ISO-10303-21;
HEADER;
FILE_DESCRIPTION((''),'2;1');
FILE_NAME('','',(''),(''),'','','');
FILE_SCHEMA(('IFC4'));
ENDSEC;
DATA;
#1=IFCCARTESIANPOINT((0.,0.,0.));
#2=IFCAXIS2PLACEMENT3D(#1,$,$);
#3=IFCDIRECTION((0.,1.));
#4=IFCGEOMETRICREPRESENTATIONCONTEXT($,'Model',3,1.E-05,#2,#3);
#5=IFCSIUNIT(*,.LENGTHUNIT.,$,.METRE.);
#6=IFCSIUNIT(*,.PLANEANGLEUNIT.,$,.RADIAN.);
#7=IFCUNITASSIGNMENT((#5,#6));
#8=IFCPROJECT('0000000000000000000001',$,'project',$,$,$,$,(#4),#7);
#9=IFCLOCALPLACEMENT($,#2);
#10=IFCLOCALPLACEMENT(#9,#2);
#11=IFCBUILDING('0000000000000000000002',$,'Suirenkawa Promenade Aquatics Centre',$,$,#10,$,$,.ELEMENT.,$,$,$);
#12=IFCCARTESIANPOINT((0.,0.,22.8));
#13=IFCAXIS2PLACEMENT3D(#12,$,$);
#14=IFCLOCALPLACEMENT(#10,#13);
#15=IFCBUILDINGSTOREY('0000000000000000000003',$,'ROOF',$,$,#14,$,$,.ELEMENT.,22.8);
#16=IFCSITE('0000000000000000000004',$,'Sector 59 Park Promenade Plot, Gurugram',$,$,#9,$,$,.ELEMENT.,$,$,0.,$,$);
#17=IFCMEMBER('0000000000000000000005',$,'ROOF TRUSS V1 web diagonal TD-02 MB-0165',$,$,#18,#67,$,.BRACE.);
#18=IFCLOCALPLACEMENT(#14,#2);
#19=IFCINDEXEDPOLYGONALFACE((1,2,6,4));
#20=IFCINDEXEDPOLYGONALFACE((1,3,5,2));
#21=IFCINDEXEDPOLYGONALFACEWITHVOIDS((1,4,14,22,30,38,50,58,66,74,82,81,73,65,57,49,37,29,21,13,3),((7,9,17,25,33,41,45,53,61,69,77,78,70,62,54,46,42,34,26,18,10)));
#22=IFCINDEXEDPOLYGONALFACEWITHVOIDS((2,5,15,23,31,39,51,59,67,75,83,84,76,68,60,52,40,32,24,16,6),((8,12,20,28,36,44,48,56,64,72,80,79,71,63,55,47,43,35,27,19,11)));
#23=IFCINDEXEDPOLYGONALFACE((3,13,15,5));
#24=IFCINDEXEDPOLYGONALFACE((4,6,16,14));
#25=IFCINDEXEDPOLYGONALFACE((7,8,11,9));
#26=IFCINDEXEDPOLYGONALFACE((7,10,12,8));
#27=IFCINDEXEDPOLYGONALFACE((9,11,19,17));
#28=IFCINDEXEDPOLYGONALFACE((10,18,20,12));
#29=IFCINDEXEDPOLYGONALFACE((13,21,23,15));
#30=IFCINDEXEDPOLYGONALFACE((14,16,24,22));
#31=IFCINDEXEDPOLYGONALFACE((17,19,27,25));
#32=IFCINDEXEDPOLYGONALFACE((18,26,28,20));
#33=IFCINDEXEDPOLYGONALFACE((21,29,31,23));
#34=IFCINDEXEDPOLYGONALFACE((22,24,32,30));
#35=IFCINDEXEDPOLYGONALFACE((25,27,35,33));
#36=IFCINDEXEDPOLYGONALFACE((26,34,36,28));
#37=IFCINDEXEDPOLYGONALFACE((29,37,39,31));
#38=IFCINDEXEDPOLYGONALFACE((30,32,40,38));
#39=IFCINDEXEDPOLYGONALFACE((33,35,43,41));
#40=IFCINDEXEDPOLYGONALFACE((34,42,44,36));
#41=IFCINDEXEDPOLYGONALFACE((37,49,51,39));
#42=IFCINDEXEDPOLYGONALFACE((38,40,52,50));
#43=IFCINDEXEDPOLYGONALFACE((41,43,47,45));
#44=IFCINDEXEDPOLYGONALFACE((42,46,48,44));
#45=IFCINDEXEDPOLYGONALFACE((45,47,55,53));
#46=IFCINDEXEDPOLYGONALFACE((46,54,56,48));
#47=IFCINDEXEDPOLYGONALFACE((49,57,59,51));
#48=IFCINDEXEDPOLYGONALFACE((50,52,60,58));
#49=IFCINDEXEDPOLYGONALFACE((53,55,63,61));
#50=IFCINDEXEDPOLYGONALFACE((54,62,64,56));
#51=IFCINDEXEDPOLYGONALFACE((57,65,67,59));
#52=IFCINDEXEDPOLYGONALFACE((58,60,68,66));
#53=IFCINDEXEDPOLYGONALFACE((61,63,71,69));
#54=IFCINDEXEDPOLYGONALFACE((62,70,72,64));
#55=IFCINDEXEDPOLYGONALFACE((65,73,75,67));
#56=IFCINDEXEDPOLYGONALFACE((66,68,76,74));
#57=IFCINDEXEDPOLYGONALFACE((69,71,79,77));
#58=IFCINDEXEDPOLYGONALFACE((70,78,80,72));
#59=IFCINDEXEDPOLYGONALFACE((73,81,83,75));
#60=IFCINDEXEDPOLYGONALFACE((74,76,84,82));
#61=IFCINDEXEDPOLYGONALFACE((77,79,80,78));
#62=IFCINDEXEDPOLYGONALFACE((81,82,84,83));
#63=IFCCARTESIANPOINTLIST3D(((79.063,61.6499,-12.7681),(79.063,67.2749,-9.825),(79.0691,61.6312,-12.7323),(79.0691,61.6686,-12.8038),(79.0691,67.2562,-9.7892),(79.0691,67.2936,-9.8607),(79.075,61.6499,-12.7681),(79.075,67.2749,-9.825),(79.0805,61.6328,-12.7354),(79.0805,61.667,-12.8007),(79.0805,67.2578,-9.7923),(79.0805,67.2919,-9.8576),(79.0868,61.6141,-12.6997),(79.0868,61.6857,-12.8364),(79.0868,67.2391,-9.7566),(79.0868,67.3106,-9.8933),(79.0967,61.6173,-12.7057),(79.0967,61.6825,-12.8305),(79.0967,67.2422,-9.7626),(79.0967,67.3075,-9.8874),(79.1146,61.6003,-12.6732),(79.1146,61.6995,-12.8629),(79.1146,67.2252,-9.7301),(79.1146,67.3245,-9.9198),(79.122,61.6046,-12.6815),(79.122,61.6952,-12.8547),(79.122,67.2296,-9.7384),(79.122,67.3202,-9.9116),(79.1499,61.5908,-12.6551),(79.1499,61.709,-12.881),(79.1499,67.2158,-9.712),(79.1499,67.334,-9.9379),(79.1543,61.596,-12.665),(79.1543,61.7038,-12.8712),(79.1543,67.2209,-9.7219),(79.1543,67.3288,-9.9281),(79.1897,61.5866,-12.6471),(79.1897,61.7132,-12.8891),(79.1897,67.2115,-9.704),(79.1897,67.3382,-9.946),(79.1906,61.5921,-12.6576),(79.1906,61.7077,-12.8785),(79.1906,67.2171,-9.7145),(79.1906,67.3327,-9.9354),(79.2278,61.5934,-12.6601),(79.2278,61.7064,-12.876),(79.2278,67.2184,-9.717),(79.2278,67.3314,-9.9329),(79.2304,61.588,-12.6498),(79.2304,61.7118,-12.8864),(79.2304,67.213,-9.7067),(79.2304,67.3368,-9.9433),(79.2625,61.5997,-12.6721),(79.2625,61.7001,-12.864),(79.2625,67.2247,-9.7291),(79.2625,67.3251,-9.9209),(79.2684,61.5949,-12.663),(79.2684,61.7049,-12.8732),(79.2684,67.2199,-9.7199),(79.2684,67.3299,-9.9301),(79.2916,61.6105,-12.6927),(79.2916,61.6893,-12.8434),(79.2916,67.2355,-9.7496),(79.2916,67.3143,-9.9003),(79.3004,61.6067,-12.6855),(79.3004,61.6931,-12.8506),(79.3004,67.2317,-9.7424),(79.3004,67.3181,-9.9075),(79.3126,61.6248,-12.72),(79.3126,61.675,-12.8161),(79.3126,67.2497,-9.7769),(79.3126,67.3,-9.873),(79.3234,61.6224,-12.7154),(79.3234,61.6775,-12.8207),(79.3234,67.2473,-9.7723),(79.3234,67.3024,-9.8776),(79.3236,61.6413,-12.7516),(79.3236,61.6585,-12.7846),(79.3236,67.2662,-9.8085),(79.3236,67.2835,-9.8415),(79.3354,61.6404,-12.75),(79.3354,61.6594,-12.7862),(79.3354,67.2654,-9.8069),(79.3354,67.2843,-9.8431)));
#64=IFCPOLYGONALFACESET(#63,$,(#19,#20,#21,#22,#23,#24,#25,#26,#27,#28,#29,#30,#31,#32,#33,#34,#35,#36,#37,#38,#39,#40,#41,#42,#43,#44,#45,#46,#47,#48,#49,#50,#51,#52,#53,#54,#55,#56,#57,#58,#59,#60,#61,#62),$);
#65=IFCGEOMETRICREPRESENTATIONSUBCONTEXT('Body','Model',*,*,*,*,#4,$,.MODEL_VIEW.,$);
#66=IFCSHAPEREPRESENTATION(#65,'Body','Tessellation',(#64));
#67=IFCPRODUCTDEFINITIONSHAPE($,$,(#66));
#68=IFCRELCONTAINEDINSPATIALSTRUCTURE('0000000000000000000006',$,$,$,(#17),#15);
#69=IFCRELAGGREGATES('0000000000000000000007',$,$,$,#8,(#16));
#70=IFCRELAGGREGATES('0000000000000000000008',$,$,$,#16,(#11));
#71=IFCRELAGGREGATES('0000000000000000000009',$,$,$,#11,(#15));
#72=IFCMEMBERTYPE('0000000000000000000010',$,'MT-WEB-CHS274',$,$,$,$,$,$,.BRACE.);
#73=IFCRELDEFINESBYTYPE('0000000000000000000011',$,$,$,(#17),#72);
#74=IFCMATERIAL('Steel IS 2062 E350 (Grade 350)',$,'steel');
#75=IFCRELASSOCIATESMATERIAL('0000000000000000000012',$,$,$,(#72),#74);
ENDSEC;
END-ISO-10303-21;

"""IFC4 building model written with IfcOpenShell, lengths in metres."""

from ifc_helpers import new_model, si_unit, direction, frame, origin, origin_2d, place, context, subcontext, project, spatial, hollow_circle, extrude, material, material_profile, profile_set, type_object, element, save


model = new_model("IFC4")

# Units and contexts
model_context = context("Model", 3, precision=1e-05, world=origin(), true_north=direction((0.0, 1.0)))
body_context = subcontext(model_context, "Body", "Model", "MODEL_VIEW")
ifc_project = project(units=[si_unit("LENGTHUNIT", "METRE"), si_unit("PLANEANGLEUNIT", "RADIAN")], contexts=[model_context])

# Site, building, storey
site_placement = place(None, origin())
site = spatial("IfcSite", under=ifc_project, at=site_placement, Name="Sector 59 Park Promenade Plot, Gurugram", CompositionType="ELEMENT", RefElevation=0.0)
building_placement = place(site_placement, origin())
building = spatial("IfcBuilding", under=site, at=building_placement, Name="Suirenkawa Promenade Aquatics Centre", CompositionType="ELEMENT")
storey_placement = place(building_placement, frame((0.0, 0.0, 22.8)))
storey = spatial("IfcBuildingStorey", under=building, at=storey_placement, Name="ROOF", CompositionType="ELEMENT", Elevation=22.8)

# Shared definitions
ifc_material = material(Name="Steel IS 2062 E350 (Grade 350)", Category="steel")

# Member
ifc_material_profile_1 = material_profile(ifc_material, hollow_circle(Radius=0.137, WallThickness=0.012, at=origin_2d()), Name="CHS 274x12", Category="steel")
ifc_profile_set_1 = profile_set([ifc_material_profile_1], Name="Steel IS 2062 E350 (Grade 350)")
member_type_1 = type_object("IfcMemberType", Name="MT-WEB-CHS274", PredefinedType="BRACE", material=ifc_profile_set_1)
member_1_placement = place(storey_placement, frame((79.2, 61.6499, -12.7681), z_axis=(0.0, 0.886046, 0.463597), x_axis=(-1.0, 0.0, 0.0)))
element("IfcMember", 1, at=member_1_placement, inside=storey, type_object=member_type_1, Name="ROOF TRUSS V1 web diagonal TD-02 MB-0165", PredefinedType="BRACE", context=body_context, shape_type="SweptSolid", body=[
    extrude(hollow_circle(Radius=0.137, WallThickness=0.012, at=origin_2d()), origin(), (0.0, 0.0, 1.0), 6.3484),
])

save(model, "model.ifc")
